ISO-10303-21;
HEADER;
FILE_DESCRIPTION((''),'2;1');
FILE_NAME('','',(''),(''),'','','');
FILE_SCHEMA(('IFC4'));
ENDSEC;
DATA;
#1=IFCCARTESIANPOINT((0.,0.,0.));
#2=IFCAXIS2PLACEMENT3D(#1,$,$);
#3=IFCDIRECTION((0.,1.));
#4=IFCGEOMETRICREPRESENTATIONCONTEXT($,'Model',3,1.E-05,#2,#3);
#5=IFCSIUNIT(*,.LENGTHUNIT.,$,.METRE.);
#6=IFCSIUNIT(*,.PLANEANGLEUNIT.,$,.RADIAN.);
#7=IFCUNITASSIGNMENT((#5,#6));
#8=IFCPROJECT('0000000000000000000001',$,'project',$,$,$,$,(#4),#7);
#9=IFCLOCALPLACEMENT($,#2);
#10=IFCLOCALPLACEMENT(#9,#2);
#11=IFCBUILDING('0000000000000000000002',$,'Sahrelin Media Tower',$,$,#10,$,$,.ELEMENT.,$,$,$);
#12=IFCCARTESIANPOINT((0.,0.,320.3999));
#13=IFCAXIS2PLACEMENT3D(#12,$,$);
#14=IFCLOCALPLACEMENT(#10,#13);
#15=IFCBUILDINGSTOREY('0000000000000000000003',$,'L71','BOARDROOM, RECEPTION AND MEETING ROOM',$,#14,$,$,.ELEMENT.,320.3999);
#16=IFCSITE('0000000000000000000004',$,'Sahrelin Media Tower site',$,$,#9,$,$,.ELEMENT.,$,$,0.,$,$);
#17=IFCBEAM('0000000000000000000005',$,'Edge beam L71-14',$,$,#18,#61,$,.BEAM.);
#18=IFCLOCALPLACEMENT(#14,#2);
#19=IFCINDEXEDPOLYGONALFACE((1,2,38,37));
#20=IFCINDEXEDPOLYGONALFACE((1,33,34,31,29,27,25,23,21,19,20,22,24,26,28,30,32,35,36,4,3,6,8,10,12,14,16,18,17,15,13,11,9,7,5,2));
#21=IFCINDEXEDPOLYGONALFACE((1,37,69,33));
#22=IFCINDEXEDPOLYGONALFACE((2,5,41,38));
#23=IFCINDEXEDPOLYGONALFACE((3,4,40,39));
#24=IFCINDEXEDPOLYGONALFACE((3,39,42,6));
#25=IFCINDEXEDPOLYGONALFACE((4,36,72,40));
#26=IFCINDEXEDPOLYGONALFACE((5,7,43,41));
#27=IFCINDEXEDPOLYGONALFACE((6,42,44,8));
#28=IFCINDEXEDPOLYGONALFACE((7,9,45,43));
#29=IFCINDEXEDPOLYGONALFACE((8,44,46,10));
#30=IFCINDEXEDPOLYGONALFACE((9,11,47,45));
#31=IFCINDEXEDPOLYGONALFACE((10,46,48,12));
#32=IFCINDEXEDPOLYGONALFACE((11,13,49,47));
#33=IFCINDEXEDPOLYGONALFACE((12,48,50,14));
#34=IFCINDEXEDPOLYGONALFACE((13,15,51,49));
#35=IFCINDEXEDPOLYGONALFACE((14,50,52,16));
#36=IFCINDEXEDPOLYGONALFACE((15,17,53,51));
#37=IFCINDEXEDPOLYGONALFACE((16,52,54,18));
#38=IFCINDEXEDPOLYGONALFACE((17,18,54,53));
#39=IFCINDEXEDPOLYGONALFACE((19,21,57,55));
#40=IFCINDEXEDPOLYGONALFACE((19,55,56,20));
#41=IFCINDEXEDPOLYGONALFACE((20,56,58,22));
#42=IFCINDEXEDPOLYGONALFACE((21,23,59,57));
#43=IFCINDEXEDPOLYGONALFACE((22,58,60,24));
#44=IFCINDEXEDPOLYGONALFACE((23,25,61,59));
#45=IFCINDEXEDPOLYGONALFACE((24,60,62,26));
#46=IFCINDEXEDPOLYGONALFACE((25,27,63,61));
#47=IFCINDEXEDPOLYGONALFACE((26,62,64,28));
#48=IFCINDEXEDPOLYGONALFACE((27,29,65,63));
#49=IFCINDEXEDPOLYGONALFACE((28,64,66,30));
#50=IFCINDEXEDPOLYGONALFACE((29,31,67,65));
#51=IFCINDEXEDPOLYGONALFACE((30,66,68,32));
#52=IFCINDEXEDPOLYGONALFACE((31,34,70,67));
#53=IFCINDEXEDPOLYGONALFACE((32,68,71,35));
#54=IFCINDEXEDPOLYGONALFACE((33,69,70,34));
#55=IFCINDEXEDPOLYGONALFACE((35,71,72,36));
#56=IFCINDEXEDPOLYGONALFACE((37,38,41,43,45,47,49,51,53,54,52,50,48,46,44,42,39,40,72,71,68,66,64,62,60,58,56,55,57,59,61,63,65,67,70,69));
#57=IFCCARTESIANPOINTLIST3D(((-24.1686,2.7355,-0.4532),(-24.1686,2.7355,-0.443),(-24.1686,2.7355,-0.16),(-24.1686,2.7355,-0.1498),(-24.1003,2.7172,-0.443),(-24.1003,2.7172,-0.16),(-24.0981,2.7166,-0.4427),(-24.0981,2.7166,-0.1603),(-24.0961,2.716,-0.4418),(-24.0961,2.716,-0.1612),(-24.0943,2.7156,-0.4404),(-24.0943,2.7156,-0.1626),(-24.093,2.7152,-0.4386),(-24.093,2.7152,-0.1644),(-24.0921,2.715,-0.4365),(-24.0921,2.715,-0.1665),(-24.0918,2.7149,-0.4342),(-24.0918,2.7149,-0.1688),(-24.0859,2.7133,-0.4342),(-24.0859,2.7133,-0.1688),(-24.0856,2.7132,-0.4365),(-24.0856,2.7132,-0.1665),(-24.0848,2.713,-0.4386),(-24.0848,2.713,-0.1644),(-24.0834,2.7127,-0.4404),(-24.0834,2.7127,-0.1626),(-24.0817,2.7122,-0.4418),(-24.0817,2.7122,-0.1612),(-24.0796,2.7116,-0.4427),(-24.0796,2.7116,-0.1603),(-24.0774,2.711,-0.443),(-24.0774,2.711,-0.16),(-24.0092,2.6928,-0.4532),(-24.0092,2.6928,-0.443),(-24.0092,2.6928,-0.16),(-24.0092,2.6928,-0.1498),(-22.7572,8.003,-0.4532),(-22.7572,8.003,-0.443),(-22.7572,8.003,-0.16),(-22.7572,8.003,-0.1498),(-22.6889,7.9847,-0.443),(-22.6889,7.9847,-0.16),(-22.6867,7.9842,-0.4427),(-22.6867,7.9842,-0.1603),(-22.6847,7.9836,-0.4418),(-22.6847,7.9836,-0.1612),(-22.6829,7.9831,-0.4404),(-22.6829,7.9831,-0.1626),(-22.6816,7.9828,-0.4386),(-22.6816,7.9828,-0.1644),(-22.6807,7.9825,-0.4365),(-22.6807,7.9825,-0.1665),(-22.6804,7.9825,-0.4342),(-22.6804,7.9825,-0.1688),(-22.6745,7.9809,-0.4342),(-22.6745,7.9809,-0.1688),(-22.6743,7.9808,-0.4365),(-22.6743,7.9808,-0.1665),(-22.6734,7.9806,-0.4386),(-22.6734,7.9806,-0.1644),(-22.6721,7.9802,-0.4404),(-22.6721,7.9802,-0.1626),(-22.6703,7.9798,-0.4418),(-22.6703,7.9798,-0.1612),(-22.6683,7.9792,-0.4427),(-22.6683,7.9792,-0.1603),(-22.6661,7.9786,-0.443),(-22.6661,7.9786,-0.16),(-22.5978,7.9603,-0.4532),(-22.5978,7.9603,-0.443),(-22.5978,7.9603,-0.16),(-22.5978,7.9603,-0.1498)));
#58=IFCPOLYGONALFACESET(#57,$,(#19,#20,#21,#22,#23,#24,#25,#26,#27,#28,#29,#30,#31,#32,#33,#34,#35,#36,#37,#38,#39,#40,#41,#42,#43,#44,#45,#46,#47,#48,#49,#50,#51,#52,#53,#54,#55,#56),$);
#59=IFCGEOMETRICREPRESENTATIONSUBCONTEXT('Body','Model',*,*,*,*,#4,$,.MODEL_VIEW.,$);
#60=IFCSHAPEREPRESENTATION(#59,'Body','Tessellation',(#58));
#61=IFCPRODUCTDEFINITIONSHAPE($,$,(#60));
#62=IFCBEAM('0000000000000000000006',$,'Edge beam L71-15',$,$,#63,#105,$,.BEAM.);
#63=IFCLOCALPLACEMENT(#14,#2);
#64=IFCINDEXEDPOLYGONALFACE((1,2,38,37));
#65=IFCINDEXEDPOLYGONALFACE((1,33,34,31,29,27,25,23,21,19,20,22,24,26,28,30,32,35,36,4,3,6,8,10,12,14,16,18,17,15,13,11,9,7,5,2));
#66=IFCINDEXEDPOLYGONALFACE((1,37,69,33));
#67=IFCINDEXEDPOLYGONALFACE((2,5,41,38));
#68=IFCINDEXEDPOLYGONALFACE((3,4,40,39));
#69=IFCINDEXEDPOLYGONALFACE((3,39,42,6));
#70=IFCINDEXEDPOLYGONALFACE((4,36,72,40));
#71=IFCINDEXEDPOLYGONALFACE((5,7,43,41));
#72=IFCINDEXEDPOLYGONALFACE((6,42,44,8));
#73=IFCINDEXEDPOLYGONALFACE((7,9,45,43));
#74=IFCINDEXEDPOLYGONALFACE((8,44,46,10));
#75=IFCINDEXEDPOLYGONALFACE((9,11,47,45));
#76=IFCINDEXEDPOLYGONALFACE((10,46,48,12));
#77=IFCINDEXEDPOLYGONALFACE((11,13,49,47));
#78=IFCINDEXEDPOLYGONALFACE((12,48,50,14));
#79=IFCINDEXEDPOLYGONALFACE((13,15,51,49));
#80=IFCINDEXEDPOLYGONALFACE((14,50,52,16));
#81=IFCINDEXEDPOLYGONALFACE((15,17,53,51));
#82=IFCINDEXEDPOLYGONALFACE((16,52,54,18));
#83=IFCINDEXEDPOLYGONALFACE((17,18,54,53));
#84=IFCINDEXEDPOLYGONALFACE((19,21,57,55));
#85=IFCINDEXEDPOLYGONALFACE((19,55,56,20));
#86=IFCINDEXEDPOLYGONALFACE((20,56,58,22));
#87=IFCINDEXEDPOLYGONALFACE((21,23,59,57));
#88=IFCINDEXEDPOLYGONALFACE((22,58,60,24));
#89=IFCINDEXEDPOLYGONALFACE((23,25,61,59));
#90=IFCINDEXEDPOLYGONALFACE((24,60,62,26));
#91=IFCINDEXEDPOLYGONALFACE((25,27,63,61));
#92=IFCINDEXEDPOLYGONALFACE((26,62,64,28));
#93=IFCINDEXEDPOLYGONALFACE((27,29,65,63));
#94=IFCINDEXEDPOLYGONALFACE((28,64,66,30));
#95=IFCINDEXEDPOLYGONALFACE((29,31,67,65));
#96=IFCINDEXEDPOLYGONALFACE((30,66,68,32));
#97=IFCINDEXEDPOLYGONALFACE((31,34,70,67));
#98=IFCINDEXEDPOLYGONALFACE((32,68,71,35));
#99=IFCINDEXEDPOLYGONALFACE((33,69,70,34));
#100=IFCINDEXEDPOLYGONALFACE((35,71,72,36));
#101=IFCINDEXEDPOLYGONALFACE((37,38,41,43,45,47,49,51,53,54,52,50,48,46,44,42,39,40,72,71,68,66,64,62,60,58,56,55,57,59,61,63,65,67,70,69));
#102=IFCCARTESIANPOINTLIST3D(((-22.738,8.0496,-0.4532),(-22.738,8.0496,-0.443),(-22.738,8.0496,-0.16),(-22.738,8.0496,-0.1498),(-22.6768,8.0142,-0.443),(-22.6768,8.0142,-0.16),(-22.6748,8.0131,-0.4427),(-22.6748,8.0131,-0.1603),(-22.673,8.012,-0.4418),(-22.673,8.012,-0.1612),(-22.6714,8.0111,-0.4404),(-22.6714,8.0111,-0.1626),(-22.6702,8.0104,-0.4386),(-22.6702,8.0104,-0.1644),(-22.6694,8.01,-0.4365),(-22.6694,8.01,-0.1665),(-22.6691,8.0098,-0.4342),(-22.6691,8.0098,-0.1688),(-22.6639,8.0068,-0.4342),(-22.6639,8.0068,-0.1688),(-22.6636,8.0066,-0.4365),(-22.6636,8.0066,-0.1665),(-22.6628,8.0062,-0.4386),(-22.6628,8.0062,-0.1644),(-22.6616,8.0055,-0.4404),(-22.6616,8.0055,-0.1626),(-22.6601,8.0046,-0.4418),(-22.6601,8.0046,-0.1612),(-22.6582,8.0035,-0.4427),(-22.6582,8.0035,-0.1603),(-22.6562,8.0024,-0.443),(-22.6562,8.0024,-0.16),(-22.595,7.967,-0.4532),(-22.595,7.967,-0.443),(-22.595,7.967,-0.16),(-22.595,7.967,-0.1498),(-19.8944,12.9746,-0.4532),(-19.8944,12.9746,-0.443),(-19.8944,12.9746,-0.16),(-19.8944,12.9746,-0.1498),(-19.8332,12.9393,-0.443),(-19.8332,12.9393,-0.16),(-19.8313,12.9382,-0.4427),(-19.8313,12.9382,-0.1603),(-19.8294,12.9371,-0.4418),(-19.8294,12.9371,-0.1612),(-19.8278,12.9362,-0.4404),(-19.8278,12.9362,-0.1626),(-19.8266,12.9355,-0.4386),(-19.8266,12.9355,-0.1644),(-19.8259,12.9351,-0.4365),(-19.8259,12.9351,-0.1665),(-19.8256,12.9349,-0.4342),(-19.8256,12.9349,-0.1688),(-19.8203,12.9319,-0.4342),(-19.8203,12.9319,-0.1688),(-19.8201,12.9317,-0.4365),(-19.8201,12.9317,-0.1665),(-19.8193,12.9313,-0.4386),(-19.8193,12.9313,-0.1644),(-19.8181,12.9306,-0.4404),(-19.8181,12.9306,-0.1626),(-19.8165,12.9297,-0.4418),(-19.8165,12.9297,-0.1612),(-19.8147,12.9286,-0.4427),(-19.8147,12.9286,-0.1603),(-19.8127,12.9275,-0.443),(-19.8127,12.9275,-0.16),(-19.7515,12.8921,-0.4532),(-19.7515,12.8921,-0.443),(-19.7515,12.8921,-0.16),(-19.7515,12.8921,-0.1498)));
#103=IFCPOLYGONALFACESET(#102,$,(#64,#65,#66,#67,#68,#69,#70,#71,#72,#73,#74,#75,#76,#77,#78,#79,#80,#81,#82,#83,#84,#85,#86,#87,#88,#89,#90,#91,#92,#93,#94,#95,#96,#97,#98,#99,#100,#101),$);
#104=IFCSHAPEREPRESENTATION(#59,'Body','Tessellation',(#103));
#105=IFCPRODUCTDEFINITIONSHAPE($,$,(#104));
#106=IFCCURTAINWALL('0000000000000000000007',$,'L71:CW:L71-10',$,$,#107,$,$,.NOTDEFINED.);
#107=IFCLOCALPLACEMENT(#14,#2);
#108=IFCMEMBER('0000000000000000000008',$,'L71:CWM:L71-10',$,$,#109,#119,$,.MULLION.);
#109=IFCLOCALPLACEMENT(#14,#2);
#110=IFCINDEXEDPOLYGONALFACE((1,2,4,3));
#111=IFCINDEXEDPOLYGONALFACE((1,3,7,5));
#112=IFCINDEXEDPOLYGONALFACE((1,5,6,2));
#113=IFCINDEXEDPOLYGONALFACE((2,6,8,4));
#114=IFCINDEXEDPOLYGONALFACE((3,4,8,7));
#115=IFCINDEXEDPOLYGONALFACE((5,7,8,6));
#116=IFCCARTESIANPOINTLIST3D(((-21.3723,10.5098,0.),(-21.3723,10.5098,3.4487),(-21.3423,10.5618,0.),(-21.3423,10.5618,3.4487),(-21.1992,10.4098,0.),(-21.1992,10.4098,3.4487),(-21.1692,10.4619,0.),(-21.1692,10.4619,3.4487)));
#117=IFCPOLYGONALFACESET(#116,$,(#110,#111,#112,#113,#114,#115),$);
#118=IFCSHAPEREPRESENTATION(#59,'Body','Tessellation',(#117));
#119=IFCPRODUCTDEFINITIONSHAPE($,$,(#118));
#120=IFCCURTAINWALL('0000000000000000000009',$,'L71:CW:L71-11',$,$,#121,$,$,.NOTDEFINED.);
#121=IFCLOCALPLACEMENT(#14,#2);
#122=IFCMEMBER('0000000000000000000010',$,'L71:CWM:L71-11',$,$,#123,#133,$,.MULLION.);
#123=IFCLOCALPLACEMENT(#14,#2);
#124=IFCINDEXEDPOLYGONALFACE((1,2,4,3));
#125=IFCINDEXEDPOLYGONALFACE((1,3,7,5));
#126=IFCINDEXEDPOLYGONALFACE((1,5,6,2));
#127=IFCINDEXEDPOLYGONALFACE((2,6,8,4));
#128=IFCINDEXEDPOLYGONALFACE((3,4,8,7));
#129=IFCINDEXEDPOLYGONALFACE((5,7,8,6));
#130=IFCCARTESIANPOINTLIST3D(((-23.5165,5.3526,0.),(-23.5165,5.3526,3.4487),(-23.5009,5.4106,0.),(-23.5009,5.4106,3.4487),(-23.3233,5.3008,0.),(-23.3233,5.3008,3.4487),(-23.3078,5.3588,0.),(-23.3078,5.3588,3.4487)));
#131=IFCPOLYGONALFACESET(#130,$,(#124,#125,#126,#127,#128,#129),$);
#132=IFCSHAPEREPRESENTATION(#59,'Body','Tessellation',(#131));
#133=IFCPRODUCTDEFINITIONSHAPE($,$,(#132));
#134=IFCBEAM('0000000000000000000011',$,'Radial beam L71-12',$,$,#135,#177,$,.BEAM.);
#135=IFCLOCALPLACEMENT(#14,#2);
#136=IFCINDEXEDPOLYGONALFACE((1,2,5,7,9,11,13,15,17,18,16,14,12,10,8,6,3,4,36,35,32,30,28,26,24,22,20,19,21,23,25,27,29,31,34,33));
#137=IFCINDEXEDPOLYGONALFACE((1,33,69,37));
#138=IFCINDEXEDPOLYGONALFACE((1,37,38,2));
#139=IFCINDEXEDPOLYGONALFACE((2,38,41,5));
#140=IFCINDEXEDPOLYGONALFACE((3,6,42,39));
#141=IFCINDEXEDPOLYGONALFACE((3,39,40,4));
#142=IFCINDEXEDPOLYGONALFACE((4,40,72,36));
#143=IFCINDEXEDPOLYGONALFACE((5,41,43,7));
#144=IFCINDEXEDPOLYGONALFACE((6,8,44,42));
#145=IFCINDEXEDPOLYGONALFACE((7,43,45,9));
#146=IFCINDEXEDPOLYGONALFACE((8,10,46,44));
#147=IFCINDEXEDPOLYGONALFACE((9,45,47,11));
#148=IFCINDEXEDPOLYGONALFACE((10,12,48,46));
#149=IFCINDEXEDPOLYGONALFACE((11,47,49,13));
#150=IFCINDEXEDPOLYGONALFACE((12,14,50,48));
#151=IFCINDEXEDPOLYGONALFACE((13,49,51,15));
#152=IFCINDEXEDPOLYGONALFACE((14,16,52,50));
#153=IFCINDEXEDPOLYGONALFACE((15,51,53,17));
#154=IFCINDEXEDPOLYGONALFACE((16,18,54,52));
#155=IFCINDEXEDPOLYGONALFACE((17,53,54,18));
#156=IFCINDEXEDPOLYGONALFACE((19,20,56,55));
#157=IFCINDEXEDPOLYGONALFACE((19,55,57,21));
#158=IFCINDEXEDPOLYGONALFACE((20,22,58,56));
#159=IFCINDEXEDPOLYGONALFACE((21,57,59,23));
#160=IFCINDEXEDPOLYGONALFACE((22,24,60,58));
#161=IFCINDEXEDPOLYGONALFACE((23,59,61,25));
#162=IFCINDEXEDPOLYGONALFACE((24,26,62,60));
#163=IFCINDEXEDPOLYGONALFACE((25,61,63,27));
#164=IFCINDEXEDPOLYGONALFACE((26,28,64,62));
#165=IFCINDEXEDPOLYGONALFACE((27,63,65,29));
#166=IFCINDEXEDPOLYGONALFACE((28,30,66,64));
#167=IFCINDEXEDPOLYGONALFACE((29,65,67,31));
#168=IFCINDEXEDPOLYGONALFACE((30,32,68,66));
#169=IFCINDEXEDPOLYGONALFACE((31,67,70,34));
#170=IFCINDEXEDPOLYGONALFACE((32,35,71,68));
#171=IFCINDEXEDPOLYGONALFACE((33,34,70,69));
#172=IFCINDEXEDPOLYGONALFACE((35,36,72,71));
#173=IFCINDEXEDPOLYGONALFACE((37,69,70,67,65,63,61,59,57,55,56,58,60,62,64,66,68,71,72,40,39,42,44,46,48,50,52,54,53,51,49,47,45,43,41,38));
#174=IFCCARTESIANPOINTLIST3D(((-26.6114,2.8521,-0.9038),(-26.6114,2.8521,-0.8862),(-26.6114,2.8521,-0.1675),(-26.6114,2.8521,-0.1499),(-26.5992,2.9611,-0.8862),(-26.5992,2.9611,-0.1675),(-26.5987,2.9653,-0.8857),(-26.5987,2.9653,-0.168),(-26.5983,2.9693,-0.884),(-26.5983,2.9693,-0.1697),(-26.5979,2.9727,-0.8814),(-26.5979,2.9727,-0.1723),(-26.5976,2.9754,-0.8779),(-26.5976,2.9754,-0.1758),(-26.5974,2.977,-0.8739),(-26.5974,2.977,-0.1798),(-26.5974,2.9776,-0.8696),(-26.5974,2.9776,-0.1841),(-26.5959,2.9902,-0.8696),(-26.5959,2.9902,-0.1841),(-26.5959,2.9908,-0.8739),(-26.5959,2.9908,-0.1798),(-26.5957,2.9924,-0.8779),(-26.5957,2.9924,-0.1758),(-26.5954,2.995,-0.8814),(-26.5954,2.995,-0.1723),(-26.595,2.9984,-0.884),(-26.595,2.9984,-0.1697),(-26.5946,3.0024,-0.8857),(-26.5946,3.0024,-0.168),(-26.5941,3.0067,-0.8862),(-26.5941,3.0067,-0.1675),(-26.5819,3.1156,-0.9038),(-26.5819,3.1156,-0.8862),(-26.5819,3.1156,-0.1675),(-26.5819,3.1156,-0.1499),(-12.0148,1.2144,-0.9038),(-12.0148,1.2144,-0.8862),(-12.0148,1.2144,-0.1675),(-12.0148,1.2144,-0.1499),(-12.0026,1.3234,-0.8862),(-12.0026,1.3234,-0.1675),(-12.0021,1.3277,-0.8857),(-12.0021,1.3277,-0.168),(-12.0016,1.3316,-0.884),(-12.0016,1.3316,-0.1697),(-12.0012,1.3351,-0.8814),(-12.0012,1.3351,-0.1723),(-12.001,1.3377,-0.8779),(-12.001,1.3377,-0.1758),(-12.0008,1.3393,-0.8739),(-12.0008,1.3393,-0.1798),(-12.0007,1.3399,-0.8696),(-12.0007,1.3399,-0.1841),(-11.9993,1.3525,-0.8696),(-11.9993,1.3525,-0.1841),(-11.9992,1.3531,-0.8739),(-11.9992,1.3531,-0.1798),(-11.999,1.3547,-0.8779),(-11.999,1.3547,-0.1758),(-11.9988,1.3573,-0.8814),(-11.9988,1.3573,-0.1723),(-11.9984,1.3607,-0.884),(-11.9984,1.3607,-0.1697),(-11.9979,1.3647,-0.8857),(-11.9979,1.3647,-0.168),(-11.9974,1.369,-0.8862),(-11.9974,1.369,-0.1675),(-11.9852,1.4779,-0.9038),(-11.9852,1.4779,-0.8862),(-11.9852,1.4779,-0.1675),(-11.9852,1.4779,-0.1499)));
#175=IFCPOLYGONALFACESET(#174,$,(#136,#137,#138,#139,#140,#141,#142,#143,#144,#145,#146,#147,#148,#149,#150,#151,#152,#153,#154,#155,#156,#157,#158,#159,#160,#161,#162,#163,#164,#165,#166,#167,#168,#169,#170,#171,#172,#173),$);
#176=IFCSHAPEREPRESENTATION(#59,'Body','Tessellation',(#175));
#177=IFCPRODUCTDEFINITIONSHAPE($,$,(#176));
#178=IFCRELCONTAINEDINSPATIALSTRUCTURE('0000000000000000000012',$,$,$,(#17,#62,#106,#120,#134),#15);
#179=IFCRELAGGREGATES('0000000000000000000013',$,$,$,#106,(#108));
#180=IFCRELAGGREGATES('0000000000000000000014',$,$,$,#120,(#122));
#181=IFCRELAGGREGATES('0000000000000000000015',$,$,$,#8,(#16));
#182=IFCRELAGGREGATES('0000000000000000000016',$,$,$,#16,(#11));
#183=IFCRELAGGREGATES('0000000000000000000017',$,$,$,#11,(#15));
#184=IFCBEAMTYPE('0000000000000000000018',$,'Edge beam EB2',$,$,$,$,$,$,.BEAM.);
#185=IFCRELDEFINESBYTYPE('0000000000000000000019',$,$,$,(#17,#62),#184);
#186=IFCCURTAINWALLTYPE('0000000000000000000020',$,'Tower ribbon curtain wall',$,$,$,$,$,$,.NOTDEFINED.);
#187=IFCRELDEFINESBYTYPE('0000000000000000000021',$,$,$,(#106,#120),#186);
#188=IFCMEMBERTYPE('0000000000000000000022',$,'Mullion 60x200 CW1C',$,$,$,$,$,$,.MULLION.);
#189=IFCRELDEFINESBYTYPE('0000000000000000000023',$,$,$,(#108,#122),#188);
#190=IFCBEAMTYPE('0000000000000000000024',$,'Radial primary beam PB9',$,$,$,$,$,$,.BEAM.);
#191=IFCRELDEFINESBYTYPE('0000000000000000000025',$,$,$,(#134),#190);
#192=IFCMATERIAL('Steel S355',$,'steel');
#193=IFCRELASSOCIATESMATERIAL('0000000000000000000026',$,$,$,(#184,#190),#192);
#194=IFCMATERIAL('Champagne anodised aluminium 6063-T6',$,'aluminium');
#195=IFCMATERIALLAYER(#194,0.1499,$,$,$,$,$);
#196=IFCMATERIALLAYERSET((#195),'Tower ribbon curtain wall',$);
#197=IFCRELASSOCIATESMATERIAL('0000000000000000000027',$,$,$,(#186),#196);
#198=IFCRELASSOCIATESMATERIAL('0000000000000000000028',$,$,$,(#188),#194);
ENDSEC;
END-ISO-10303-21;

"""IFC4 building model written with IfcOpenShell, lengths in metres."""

from ifc_helpers import new_model, si_unit, direction, frame, origin, origin_2d, place, context, subcontext, project, spatial, rectangle, i_section, extrude, material, layer, layer_set, material_profile, profile_set, type_object, element, aggregate, save


model = new_model("IFC4")

# Units and contexts
model_context = context("Model", 3, precision=1e-05, world=origin(), true_north=direction((0.0, 1.0)))
body_context = subcontext(model_context, "Body", "Model", "MODEL_VIEW")
ifc_project = project(units=[si_unit("LENGTHUNIT", "METRE"), si_unit("PLANEANGLEUNIT", "RADIAN")], contexts=[model_context])

# Site, building, storey
site_placement = place(None, origin())
site = spatial("IfcSite", under=ifc_project, at=site_placement, Name="Sahrelin Media Tower site", CompositionType="ELEMENT", RefElevation=0.0)
building_placement = place(site_placement, origin())
building = spatial("IfcBuilding", under=site, at=building_placement, Name="Sahrelin Media Tower", CompositionType="ELEMENT")
storey_placement = place(building_placement, frame((0.0, 0.0, 320.3999)))
storey = spatial("IfcBuildingStorey", under=building, at=storey_placement, Name="L71", Description="BOARDROOM, RECEPTION AND MEETING ROOM", CompositionType="ELEMENT", Elevation=320.3999)

# Beams
ifc_material_1 = material(Name="Steel S355", Category="steel")
ifc_material_profile_1 = material_profile(ifc_material_1, i_section(OverallWidth=0.165, OverallDepth=0.3035, WebThickness=0.0061, FlangeThickness=0.0103, FilletRadius=0.0088, at=origin_2d()), Name="UB 305x165x40")
ifc_profile_set_1 = profile_set([ifc_material_profile_1], Name="Steel S355")
beam_type_1 = type_object("IfcBeamType", Name="Edge beam EB2", PredefinedType="BEAM", material=ifc_profile_set_1)
beam_1_placement = place(storey_placement, frame((-24.0889, 2.7141, -0.3015), z_axis=(0.258808, 0.965929, 0.0), x_axis=(-0.965929, 0.258808, 0.0)))
element("IfcBeam", 1, at=beam_1_placement, inside=storey, type_object=beam_type_1, Name="Edge beam L71-14", PredefinedType="BEAM", context=body_context, shape_type="SweptSolid", body=[
    extrude(i_section(OverallWidth=0.165, OverallDepth=0.3035, WebThickness=0.0061, FlangeThickness=0.0103, FilletRadius=0.0088, at=origin_2d()), origin(), (0.0, 0.0, 1.0), 5.4534),
])
beam_2_placement = place(storey_placement, frame((-22.6665, 8.0083, -0.3015), z_axis=(0.500004, 0.866023, 0.0), x_axis=(-0.866023, 0.500004, 0.0)))
element("IfcBeam", 2, at=beam_2_placement, inside=storey, type_object=beam_type_1, Name="Edge beam L71-15", PredefinedType="BEAM", context=body_context, shape_type="SweptSolid", body=[
    extrude(i_section(OverallWidth=0.165, OverallDepth=0.3035, WebThickness=0.0061, FlangeThickness=0.0103, FilletRadius=0.0088, at=origin_2d()), origin(), (0.0, 0.0, 1.0), 5.687),
])

# Curtain walls, members
ifc_material_2 = material(Name="Champagne anodised aluminium 6063-T6", Category="aluminium")
ifc_layer_1 = layer(ifc_material_2, 0.1499)
ifc_layer_set_1 = layer_set([ifc_layer_1], Name="Tower ribbon curtain wall")
curtain_wall_type = type_object("IfcCurtainWallType", Name="Tower ribbon curtain wall", PredefinedType="NOTDEFINED", material=ifc_layer_set_1)
curtain_wall_1_placement = place(storey_placement, frame((-21.3748, 10.5459, 0.0), z_axis=(0.0, 0.0, 1.0), x_axis=(1.0, 0.0, 0.0)))
curtain_wall_1 = element("IfcCurtainWall", 3, at=curtain_wall_1_placement, inside=storey, type_object=curtain_wall_type, Name="L71:CW:L71-10", PredefinedType="NOTDEFINED")
ifc_material_profile_2 = material_profile(ifc_material_2, rectangle(XDim=0.0601, YDim=0.2, at=origin_2d()), Name="Mullion 60x200")
ifc_profile_set_2 = profile_set([ifc_material_profile_2], Name="Champagne anodised aluminium 6063-T6")
member_type_1 = type_object("IfcMemberType", Name="Mullion 60x200 CW1C", PredefinedType="MULLION", material=ifc_profile_set_2)
member_1_placement = place(storey_placement, frame((-21.2708, 10.4858, 0.0), z_axis=(0.0, 0.0, 1.0), x_axis=(-0.500005, -0.866023, 0.0)))
member_1 = element("IfcMember", 4, at=member_1_placement, type_object=member_type_1, Name="L71:CWM:L71-10", PredefinedType="MULLION", context=body_context, shape_type="SweptSolid", body=[
    extrude(rectangle(XDim=0.0601, YDim=0.2, at=origin_2d()), origin(), (0.0, 0.0, 1.0), 3.4487),
])
aggregate(curtain_wall_1, [member_1])
curtain_wall_2_placement = place(storey_placement, frame((-23.5283, 5.3867, 0.0), z_axis=(0.0, 0.0, 1.0), x_axis=(1.0, 0.0, 0.0)))
curtain_wall_2 = element("IfcCurtainWall", 5, at=curtain_wall_2_placement, inside=storey, type_object=curtain_wall_type, Name="L71:CW:L71-11", PredefinedType="NOTDEFINED")
member_2_placement = place(storey_placement, frame((-23.4121, 5.3557, 0.0), z_axis=(0.0, 0.0, 1.0), x_axis=(-0.258814, -0.965927, 0.0)))
member_2 = element("IfcMember", 6, at=member_2_placement, type_object=member_type_1, Name="L71:CWM:L71-11", PredefinedType="MULLION", context=body_context, shape_type="SweptSolid", body=[
    extrude(rectangle(XDim=0.0601, YDim=0.2, at=origin_2d()), origin(), (0.0, 0.0, 1.0), 3.4487),
])

# Beam
ifc_material_profile_3 = material_profile(ifc_material_1, i_section(OverallWidth=0.2651, OverallDepth=0.7539, WebThickness=0.0127, FlangeThickness=0.0176, FilletRadius=0.0166, at=origin_2d()), Name="UB 762x267x147")
ifc_profile_set_3 = profile_set([ifc_material_profile_3], Name="Steel S355")
beam_type_2 = type_object("IfcBeamType", Name="Radial primary beam PB9", PredefinedType="BEAM", material=ifc_profile_set_3)
beam_3_placement = place(storey_placement, frame((-12.0, 1.3462, -0.5269), z_axis=(-0.993765, 0.111497, 0.0), x_axis=(-0.111497, -0.993765, 0.0)))
element("IfcBeam", 7, at=beam_3_placement, inside=storey, type_object=beam_type_2, Name="Radial beam L71-12", PredefinedType="BEAM", context=body_context, shape_type="SweptSolid", body=[
    extrude(i_section(OverallWidth=0.2651, OverallDepth=0.7539, WebThickness=0.0127, FlangeThickness=0.0176, FilletRadius=0.0166, at=origin_2d()), origin(), (0.0, 0.0, 1.0), 14.6882),
])

aggregate(curtain_wall_2, [member_2])

save(model, "model.ifc")
